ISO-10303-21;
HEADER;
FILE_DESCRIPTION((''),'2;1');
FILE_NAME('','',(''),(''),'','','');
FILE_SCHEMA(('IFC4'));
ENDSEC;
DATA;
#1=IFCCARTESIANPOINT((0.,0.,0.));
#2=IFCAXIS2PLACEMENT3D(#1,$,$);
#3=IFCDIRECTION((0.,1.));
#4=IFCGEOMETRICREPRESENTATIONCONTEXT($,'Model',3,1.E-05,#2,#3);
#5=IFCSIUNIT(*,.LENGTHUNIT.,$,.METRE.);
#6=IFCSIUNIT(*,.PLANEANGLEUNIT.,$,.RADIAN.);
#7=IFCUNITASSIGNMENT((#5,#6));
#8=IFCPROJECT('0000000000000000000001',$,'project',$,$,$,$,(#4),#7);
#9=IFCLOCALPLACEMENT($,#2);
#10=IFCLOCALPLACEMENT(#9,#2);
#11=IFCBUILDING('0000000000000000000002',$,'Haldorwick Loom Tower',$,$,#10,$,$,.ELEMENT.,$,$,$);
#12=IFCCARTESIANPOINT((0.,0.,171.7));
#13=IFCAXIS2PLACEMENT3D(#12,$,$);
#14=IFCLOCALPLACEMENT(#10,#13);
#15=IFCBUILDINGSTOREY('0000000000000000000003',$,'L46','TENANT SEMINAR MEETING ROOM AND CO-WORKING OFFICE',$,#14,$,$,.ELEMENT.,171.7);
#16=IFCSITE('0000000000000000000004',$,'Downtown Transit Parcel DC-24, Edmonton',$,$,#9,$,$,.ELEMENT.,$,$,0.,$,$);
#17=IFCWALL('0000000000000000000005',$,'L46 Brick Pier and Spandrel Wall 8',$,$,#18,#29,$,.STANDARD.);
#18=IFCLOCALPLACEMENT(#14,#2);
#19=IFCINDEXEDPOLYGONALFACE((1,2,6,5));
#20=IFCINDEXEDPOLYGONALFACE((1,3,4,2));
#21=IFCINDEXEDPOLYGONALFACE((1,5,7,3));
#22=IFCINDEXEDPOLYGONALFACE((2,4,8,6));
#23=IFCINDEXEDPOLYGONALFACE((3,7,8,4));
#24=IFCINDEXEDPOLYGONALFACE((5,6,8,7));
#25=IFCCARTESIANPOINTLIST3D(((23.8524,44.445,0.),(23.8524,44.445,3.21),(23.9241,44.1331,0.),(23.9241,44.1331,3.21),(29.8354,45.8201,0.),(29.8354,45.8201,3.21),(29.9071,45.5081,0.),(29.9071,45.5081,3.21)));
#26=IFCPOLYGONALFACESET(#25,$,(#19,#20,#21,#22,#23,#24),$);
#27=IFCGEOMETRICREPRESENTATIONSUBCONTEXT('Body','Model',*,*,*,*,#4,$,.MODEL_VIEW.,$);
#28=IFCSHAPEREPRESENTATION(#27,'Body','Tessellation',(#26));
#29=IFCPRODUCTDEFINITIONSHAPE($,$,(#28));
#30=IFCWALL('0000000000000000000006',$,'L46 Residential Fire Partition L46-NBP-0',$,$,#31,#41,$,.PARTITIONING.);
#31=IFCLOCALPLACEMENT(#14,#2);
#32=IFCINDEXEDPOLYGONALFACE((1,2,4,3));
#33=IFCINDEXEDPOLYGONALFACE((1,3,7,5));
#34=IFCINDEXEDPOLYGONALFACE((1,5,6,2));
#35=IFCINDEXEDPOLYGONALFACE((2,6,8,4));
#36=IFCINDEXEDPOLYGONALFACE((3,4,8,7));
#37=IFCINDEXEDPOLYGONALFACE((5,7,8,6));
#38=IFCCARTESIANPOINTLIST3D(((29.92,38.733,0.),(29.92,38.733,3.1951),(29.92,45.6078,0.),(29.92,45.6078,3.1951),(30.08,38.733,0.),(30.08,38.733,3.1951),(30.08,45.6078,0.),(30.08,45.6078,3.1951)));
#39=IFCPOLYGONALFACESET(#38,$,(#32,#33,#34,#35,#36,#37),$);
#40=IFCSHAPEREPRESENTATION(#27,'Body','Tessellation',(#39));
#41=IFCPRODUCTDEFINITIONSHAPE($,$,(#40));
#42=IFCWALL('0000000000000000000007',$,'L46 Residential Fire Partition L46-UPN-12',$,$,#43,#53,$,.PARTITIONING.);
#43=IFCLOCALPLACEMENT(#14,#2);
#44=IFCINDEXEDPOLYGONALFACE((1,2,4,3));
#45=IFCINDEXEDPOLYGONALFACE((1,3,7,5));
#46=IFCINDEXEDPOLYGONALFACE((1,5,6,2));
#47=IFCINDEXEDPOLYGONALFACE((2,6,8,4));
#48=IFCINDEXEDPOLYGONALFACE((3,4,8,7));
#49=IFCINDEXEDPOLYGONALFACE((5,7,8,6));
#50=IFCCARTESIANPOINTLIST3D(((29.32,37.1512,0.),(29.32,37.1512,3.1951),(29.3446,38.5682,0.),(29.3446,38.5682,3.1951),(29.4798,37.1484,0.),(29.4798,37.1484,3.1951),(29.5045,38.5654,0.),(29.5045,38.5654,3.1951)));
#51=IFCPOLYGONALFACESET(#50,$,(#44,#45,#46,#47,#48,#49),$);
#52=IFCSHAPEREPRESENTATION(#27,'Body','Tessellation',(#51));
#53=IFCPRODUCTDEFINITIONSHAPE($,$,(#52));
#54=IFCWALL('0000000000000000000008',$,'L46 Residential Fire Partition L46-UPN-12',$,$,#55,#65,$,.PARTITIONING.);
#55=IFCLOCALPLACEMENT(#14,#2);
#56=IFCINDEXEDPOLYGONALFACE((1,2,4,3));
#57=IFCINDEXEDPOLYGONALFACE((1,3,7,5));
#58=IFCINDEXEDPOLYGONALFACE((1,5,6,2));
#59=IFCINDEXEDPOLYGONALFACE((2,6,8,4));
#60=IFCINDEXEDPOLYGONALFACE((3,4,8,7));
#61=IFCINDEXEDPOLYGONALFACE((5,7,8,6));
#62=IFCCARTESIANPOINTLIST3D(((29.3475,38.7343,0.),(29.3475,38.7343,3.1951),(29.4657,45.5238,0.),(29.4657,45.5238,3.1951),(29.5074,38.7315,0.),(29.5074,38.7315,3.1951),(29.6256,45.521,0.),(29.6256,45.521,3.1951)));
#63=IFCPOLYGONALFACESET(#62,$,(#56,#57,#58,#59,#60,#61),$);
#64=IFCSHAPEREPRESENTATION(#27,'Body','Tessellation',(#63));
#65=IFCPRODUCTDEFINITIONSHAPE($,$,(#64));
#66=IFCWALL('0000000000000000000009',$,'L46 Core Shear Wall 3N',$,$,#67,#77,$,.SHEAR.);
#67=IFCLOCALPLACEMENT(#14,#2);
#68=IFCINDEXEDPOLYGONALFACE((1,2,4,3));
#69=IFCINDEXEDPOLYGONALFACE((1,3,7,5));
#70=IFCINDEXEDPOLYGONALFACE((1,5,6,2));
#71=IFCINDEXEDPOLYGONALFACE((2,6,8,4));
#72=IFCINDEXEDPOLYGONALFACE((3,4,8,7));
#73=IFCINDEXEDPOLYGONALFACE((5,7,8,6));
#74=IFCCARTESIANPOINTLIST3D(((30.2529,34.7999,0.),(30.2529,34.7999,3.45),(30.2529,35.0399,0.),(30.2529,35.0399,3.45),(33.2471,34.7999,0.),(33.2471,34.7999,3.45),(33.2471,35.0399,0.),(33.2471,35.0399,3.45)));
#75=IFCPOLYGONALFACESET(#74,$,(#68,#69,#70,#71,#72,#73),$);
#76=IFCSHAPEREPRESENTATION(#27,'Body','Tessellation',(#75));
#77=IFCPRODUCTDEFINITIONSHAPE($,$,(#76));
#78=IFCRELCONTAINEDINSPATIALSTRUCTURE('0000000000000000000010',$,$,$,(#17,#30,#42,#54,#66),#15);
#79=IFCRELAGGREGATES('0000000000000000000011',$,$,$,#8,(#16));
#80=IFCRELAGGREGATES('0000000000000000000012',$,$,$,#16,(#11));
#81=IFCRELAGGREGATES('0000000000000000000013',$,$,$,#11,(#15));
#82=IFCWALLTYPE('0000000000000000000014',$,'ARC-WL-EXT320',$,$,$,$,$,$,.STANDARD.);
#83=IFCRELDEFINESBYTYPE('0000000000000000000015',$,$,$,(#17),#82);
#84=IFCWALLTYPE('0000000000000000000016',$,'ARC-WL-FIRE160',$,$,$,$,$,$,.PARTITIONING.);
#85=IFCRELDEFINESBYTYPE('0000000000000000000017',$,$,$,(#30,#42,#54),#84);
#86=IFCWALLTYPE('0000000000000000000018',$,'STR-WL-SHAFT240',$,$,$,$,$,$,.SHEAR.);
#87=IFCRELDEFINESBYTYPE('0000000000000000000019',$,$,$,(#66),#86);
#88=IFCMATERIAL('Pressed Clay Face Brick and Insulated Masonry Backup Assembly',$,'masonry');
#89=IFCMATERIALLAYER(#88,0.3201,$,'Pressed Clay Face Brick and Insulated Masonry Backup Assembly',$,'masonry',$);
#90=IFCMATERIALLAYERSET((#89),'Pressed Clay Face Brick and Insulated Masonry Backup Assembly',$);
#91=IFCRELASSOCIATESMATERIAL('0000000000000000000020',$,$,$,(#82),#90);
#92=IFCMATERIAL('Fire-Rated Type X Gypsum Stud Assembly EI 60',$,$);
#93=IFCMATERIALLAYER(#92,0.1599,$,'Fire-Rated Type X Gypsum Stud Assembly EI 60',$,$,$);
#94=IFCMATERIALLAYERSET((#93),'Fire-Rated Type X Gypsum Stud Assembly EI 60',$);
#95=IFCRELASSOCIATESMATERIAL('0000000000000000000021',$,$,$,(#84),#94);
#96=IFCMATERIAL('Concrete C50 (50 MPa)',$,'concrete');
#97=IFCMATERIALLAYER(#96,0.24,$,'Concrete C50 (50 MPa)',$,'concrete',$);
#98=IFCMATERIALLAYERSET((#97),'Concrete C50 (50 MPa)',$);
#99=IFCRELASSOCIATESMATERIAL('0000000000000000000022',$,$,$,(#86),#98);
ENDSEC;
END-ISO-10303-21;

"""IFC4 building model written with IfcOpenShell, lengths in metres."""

from ifc_helpers import new_model, si_unit, direction, frame, frame_2d, origin, place, context, subcontext, project, spatial, rectangle, extrude, material, layer, layer_set, type_object, element, save


model = new_model("IFC4")

# Units and contexts
model_context = context("Model", 3, precision=1e-05, world=origin(), true_north=direction((0.0, 1.0)))
body_context = subcontext(model_context, "Body", "Model", "MODEL_VIEW")
ifc_project = project(units=[si_unit("LENGTHUNIT", "METRE"), si_unit("PLANEANGLEUNIT", "RADIAN")], contexts=[model_context])

# Site, building, storey
site_placement = place(None, origin())
site = spatial("IfcSite", under=ifc_project, at=site_placement, Name="Downtown Transit Parcel DC-24, Edmonton", CompositionType="ELEMENT", RefElevation=0.0)
building_placement = place(site_placement, origin())
building = spatial("IfcBuilding", under=site, at=building_placement, Name="Haldorwick Loom Tower", CompositionType="ELEMENT")
storey_placement = place(building_placement, frame((0.0, 0.0, 171.7)))
storey = spatial("IfcBuildingStorey", under=building, at=storey_placement, Name="L46", Description="TENANT SEMINAR MEETING ROOM AND CO-WORKING OFFICE", CompositionType="ELEMENT", Elevation=171.7)

# Walls
ifc_material_1 = material(Name="Pressed Clay Face Brick and Insulated Masonry Backup Assembly", Category="masonry")
ifc_layer_1 = layer(ifc_material_1, 0.3201, Name="Pressed Clay Face Brick and Insulated Masonry Backup Assembly", Category="masonry")
ifc_layer_set_1 = layer_set([ifc_layer_1], Name="Pressed Clay Face Brick and Insulated Masonry Backup Assembly")
wall_type_1 = type_object("IfcWallType", Name="ARC-WL-EXT320", PredefinedType="STANDARD", material=ifc_layer_set_1)
wall_1_placement = place(storey_placement, frame((29.8711, 45.6641, 0.0), z_axis=(0.0, 0.0, 1.0), x_axis=(-0.974593, -0.223982, 0.0)))
element("IfcWall", 1, at=wall_1_placement, inside=storey, type_object=wall_type_1, Name="L46 Brick Pier and Spandrel Wall 8", PredefinedType="STANDARD", context=body_context, shape_type="SweptSolid", body=[
    extrude(rectangle(XDim=6.1389, YDim=0.3201, at=frame_2d((3.0693, 0.0))), origin(), (0.0, 0.0, 1.0), 3.21),
])
ifc_material_2 = material(Name="Fire-Rated Type X Gypsum Stud Assembly EI 60")
ifc_layer_2 = layer(ifc_material_2, 0.1599, Name="Fire-Rated Type X Gypsum Stud Assembly EI 60")
ifc_layer_set_2 = layer_set([ifc_layer_2], Name="Fire-Rated Type X Gypsum Stud Assembly EI 60")
wall_type_2 = type_object("IfcWallType", Name="ARC-WL-FIRE160", PredefinedType="PARTITIONING", material=ifc_layer_set_2)
wall_2_placement = place(storey_placement, frame((30.0, 38.7329, 0.0), z_axis=(0.0, 0.0, 1.0), x_axis=(0.0, 1.0, 0.0)))
element("IfcWall", 2, at=wall_2_placement, inside=storey, type_object=wall_type_2, Name="L46 Residential Fire Partition L46-NBP-0", PredefinedType="PARTITIONING", context=body_context, shape_type="SweptSolid", body=[
    extrude(rectangle(XDim=6.8748, YDim=0.1599, at=frame_2d((3.4375, 0.0))), origin(), (0.0, 0.0, 1.0), 3.1951),
])
wall_3_placement = place(storey_placement, frame((29.3999, 37.1499, 0.0), z_axis=(0.0, 0.0, 1.0), x_axis=(0.017399, 0.999849, 0.0)))
element("IfcWall", 3, at=wall_3_placement, inside=storey, type_object=wall_type_2, Name="L46 Residential Fire Partition L46-UPN-12", PredefinedType="PARTITIONING", context=body_context, shape_type="SweptSolid", body=[
    extrude(rectangle(XDim=1.4172, YDim=0.1599, at=frame_2d((0.7085, 0.0))), origin(), (0.0, 0.0, 1.0), 3.1951),
])
wall_4_placement = place(storey_placement, frame((29.4275, 38.7329, 0.0), z_axis=(0.0, 0.0, 1.0), x_axis=(0.017401, 0.999849, 0.0)))
element("IfcWall", 4, at=wall_4_placement, inside=storey, type_object=wall_type_2, Name="L46 Residential Fire Partition L46-UPN-12", PredefinedType="PARTITIONING", context=body_context, shape_type="SweptSolid", body=[
    extrude(rectangle(XDim=6.7905, YDim=0.1599, at=frame_2d((3.3953, 0.0))), origin(), (0.0, 0.0, 1.0), 3.1951),
])
ifc_material_3 = material(Name="Concrete C50 (50 MPa)", Category="concrete")
ifc_layer_3 = layer(ifc_material_3, 0.24, Name="Concrete C50 (50 MPa)", Category="concrete")
ifc_layer_set_3 = layer_set([ifc_layer_3], Name="Concrete C50 (50 MPa)")
wall_type_3 = type_object("IfcWallType", Name="STR-WL-SHAFT240", PredefinedType="SHEAR", material=ifc_layer_set_3)
wall_5_placement = place(storey_placement, frame((30.2529, 34.9199, 0.0), z_axis=(0.0, 0.0, 1.0), x_axis=(1.0, 0.0, 0.0)))
element("IfcWall", 5, at=wall_5_placement, inside=storey, type_object=wall_type_3, Name="L46 Core Shear Wall 3N", PredefinedType="SHEAR", context=body_context, shape_type="SweptSolid", body=[
    extrude(rectangle(XDim=2.9941, YDim=0.24, at=frame_2d((1.4971, 0.0))), origin(), (0.0, 0.0, 1.0), 3.45),
])

save(model, "model.ifc")
